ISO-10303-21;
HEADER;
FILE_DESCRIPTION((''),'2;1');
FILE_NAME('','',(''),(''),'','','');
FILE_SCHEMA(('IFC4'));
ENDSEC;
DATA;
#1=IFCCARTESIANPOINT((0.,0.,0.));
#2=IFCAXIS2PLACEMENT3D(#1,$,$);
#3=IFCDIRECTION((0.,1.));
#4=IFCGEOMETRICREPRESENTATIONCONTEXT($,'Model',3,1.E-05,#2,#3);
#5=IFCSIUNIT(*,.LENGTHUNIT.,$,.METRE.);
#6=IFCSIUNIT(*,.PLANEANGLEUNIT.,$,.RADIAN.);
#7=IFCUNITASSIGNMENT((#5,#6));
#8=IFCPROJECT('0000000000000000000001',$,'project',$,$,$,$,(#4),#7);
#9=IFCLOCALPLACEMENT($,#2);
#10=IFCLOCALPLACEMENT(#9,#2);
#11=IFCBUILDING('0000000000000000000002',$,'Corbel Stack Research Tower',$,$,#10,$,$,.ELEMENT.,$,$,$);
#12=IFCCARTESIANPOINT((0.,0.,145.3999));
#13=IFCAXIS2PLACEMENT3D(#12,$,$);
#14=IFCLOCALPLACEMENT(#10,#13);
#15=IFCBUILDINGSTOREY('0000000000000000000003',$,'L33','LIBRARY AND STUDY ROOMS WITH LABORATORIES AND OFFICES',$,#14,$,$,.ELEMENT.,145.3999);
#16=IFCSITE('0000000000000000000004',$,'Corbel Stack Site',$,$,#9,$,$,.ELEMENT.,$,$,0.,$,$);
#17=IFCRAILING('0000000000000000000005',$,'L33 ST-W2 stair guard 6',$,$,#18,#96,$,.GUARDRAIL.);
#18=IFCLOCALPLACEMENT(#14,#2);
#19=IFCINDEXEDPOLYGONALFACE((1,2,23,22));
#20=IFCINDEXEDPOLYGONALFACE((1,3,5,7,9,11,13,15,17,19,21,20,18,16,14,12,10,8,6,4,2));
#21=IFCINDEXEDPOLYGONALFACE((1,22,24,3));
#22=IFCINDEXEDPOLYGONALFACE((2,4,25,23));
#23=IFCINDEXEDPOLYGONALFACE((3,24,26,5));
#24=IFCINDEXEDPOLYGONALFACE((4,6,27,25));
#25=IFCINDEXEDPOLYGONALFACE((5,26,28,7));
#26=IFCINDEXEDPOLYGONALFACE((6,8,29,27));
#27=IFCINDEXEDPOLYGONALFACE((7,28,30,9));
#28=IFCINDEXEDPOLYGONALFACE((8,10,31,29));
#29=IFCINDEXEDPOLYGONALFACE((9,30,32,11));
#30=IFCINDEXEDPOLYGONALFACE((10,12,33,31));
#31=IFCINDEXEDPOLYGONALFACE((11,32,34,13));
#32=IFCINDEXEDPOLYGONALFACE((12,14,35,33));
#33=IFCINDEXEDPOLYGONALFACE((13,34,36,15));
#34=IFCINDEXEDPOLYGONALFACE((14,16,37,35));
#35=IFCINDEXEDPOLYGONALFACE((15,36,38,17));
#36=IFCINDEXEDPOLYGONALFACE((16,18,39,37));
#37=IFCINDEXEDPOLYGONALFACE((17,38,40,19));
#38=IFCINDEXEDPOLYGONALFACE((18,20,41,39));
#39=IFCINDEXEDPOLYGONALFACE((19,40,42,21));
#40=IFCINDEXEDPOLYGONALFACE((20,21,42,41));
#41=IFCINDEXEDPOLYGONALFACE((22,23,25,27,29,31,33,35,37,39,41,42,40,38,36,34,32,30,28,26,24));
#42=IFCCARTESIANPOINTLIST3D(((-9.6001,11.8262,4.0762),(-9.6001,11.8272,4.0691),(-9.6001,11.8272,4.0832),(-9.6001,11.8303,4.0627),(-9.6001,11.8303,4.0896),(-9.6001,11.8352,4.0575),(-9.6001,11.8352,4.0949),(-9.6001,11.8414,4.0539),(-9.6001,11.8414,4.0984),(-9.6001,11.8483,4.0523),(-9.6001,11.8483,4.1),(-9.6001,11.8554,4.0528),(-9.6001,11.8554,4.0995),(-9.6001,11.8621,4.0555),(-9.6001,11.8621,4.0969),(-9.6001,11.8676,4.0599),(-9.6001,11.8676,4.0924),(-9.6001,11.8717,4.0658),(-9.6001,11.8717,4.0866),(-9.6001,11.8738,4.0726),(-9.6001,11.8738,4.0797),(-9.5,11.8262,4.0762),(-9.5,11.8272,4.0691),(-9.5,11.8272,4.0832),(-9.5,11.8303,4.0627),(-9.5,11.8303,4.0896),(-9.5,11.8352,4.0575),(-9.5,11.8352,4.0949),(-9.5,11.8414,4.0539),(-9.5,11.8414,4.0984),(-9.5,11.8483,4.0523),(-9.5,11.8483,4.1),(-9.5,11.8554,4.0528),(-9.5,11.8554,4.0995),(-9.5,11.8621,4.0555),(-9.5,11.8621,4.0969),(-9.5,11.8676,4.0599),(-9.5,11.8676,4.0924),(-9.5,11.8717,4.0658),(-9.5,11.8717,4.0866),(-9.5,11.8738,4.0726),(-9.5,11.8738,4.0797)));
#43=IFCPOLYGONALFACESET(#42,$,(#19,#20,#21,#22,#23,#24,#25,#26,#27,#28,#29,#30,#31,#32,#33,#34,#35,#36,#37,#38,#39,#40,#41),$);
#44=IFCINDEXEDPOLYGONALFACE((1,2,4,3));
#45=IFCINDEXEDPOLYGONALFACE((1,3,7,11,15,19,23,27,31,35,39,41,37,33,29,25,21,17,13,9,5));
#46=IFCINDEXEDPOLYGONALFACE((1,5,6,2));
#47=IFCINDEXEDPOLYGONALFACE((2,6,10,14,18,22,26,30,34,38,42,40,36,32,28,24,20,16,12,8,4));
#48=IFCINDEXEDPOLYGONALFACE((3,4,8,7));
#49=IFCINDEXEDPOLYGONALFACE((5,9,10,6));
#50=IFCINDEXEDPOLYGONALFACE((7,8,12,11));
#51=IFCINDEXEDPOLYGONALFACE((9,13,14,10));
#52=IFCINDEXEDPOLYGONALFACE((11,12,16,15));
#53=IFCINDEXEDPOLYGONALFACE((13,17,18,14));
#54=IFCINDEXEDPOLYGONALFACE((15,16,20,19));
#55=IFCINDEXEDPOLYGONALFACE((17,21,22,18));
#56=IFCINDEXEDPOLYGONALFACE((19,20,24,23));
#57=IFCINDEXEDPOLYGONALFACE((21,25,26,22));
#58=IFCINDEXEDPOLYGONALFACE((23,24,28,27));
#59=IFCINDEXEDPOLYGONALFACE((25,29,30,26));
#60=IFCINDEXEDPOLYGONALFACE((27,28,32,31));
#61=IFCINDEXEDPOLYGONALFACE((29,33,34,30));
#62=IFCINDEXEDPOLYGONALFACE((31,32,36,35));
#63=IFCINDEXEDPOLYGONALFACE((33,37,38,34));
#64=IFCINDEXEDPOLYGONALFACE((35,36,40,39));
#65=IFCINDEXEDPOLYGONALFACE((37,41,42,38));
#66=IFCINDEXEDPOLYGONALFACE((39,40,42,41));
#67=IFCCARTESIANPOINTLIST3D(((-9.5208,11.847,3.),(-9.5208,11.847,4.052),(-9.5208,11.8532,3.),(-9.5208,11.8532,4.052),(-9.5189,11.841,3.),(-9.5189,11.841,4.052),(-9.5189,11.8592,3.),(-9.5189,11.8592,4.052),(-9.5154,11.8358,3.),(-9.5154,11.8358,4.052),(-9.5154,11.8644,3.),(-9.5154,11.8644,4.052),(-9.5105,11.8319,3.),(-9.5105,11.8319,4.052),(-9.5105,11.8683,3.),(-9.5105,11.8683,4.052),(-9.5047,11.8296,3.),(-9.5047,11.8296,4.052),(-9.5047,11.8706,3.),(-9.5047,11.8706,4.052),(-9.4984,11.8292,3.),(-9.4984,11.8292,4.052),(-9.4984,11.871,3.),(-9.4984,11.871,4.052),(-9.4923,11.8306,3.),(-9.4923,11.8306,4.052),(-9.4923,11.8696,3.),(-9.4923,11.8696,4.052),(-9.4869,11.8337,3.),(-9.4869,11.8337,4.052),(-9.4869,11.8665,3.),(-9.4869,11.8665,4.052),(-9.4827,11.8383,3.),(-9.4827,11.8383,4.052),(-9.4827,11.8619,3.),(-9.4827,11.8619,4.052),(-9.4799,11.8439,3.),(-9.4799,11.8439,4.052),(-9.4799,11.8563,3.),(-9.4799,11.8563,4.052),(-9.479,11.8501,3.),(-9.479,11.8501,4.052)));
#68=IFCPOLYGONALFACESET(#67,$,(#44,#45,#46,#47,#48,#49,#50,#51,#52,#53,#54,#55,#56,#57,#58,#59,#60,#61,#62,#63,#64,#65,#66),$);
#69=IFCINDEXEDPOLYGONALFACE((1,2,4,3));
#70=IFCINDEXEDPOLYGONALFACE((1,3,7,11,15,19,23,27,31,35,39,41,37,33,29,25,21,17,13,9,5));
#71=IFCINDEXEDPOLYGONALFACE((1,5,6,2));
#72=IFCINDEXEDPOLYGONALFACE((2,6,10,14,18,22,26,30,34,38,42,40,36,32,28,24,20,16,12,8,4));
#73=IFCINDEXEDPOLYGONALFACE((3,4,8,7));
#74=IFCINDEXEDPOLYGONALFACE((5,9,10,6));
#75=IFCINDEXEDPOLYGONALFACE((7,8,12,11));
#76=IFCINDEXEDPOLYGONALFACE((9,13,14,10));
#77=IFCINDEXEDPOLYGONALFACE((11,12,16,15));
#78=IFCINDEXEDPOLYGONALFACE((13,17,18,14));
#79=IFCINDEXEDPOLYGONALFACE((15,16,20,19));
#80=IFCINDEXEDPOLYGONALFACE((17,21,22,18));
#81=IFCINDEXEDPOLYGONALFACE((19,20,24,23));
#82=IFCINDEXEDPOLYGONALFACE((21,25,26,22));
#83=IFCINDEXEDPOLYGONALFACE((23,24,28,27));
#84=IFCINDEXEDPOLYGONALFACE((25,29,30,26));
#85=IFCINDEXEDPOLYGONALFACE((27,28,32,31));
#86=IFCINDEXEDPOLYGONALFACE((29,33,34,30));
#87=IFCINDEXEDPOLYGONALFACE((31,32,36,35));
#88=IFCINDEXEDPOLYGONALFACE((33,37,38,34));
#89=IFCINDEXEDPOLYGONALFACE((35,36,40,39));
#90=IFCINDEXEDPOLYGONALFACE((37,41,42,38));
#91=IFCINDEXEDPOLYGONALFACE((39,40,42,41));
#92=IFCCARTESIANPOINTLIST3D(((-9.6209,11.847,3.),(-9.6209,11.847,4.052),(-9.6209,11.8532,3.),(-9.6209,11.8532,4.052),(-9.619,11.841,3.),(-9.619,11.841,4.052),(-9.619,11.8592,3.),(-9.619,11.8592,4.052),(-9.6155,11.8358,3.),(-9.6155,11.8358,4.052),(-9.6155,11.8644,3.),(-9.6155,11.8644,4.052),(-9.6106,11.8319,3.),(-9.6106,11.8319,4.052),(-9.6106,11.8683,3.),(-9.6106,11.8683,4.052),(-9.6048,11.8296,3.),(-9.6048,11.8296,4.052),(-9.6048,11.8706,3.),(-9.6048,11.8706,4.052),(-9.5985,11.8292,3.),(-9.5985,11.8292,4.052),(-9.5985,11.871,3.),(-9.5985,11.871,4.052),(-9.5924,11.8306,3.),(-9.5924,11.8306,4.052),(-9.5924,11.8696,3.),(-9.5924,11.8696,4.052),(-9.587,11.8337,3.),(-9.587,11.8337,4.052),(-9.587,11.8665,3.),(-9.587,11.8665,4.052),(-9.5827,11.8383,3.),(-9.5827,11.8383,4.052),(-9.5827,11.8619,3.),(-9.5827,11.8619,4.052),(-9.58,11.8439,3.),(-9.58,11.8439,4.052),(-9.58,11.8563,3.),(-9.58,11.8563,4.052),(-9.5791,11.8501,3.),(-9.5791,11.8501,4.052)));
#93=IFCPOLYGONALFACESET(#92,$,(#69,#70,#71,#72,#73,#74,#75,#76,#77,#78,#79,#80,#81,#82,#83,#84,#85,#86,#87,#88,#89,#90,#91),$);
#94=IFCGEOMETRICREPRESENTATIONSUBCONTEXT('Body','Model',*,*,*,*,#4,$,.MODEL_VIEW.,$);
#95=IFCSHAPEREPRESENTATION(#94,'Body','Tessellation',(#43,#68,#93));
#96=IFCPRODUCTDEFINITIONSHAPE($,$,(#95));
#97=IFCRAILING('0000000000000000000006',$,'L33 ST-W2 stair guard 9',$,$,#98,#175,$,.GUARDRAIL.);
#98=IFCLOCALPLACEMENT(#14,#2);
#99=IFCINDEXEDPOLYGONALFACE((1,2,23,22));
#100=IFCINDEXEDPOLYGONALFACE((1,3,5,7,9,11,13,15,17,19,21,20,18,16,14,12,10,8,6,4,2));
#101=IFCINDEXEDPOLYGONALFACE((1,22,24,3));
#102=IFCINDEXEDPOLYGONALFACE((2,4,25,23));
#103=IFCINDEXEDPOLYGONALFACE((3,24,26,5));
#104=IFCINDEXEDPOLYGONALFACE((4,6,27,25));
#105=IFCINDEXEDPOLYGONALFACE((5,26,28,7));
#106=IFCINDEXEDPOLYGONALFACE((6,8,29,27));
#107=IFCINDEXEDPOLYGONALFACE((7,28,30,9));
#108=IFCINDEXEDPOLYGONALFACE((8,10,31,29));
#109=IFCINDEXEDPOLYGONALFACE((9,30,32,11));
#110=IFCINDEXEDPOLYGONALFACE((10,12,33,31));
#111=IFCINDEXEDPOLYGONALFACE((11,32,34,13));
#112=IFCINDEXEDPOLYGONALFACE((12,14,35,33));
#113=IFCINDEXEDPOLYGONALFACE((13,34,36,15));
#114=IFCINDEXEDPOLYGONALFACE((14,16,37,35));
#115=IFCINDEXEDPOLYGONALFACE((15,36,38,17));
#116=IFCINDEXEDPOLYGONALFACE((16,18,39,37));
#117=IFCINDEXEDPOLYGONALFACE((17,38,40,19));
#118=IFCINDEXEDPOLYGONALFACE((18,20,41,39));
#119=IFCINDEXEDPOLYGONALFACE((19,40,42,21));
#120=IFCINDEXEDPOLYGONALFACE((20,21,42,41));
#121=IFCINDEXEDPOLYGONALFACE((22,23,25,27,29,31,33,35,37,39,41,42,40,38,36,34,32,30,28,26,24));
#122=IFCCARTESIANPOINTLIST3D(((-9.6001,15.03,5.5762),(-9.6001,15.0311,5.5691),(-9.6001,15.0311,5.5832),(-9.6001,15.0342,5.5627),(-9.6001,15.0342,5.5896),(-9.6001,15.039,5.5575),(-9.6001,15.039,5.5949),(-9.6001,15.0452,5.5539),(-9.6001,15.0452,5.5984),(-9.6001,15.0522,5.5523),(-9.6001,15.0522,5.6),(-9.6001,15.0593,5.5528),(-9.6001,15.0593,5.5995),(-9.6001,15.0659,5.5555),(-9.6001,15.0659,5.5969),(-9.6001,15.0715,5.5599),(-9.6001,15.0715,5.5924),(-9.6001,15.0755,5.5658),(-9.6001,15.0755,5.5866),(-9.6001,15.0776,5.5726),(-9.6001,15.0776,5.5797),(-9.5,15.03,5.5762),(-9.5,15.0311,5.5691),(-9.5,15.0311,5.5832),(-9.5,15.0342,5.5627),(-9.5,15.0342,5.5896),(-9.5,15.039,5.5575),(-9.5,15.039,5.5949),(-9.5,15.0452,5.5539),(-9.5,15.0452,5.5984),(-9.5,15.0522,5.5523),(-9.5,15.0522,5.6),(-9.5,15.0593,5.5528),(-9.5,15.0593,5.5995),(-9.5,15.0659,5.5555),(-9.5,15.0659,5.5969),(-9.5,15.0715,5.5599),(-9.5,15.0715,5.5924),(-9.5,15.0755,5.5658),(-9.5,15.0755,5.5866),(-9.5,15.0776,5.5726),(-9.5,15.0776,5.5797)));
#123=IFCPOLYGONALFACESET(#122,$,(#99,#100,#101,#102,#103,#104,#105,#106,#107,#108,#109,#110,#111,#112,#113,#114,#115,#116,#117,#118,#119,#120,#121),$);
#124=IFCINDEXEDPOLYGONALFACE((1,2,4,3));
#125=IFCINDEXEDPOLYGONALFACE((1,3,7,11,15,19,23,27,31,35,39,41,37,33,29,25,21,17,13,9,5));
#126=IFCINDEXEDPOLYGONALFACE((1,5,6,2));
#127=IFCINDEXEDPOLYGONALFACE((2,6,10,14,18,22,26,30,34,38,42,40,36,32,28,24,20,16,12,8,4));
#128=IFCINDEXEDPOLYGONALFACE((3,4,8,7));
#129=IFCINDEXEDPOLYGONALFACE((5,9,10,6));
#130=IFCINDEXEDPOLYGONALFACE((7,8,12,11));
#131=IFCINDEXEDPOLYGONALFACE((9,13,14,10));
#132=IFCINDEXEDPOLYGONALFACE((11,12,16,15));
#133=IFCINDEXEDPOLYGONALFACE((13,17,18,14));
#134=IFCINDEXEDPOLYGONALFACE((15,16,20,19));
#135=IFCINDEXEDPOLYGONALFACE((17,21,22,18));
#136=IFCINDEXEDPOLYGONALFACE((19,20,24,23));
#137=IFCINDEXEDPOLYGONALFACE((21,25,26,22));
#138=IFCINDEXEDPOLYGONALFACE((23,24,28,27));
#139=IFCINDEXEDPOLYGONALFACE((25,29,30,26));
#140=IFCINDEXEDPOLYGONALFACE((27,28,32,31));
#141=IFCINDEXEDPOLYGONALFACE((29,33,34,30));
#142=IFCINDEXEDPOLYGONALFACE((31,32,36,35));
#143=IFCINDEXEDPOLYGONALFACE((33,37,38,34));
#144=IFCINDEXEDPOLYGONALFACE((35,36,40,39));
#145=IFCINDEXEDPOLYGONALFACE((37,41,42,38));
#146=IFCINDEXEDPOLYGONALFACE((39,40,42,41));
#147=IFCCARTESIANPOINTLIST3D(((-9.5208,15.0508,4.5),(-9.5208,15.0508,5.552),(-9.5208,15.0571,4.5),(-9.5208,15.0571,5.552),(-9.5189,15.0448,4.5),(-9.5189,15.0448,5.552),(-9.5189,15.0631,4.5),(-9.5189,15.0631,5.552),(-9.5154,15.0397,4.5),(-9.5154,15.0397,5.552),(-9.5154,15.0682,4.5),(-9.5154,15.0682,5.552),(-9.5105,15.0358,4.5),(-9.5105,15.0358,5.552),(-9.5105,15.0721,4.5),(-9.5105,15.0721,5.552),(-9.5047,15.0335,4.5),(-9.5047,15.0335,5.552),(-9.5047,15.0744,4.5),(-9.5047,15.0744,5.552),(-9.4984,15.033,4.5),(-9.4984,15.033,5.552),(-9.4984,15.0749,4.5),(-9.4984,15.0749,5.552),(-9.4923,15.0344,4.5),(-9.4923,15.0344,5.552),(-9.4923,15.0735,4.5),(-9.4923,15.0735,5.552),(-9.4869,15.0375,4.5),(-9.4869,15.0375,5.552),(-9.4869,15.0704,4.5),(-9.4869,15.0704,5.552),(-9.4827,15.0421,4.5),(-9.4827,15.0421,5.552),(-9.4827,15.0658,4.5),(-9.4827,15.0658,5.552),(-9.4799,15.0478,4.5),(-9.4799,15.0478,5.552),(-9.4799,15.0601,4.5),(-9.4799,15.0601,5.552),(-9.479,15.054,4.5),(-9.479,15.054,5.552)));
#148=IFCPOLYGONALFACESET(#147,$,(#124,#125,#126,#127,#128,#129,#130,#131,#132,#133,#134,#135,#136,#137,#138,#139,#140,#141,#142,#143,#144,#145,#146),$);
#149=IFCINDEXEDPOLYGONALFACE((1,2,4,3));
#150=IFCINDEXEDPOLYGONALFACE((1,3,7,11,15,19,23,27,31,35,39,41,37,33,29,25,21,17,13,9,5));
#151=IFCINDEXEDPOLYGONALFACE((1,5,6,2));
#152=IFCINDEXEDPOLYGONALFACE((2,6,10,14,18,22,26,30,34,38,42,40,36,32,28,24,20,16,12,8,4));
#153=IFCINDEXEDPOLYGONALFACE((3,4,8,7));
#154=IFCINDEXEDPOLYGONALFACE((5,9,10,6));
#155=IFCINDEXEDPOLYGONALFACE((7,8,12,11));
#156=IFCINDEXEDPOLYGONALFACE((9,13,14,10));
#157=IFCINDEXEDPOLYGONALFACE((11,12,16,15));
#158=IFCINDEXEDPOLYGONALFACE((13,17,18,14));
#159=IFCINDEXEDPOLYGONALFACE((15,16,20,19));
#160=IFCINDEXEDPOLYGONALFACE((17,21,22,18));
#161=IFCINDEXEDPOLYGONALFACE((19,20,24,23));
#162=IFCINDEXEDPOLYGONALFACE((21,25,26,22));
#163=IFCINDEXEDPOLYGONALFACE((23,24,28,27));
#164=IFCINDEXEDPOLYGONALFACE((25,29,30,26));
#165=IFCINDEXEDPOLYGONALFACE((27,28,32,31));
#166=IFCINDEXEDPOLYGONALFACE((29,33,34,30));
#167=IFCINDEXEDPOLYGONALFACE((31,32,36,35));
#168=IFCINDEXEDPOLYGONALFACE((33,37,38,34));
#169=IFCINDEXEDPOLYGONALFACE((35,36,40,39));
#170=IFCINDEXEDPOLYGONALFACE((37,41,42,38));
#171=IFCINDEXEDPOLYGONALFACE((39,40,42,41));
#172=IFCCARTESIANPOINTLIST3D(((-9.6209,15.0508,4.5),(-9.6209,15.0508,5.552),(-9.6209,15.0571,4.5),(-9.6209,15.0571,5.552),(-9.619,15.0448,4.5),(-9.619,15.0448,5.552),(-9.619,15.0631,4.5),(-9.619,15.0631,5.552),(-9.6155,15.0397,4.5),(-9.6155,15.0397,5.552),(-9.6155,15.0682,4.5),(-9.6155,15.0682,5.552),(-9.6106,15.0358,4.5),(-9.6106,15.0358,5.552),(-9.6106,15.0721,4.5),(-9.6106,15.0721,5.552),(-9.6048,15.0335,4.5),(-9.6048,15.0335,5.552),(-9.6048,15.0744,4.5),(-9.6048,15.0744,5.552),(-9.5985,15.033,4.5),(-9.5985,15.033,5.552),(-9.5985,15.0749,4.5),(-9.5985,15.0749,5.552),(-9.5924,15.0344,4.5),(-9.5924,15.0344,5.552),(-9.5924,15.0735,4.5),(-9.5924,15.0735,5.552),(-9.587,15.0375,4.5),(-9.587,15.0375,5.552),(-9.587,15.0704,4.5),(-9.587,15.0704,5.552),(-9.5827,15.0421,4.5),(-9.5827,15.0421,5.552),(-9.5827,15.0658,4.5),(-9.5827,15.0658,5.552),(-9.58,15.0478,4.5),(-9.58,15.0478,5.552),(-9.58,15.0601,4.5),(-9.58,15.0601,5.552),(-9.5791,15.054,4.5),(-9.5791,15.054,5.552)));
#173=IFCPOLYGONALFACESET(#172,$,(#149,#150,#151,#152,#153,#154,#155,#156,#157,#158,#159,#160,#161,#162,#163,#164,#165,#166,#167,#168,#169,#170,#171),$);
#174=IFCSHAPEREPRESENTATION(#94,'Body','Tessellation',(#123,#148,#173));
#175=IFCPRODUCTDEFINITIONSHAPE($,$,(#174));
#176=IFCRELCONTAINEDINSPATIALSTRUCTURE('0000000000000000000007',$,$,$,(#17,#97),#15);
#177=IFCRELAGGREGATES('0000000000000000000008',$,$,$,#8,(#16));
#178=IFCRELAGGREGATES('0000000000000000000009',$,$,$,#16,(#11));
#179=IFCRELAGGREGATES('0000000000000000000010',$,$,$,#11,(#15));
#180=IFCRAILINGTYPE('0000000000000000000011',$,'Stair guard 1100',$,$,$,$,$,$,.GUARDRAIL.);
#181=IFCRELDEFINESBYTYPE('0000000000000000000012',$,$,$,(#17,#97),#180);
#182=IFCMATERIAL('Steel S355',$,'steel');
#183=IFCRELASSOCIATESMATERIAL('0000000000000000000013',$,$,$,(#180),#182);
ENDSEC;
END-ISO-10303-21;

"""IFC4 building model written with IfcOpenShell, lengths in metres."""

from ifc_helpers import new_model, si_unit, direction, frame, origin, origin_2d, place, context, subcontext, project, spatial, circle, extrude, material, type_object, element, save


model = new_model("IFC4")

# Units and contexts
model_context = context("Model", 3, precision=1e-05, world=origin(), true_north=direction((0.0, 1.0)))
body_context = subcontext(model_context, "Body", "Model", "MODEL_VIEW")
ifc_project = project(units=[si_unit("LENGTHUNIT", "METRE"), si_unit("PLANEANGLEUNIT", "RADIAN")], contexts=[model_context])

# Site, building, storey
site_placement = place(None, origin())
site = spatial("IfcSite", under=ifc_project, at=site_placement, Name="Corbel Stack Site", CompositionType="ELEMENT", RefElevation=0.0)
building_placement = place(site_placement, origin())
building = spatial("IfcBuilding", under=site, at=building_placement, Name="Corbel Stack Research Tower", CompositionType="ELEMENT")
storey_placement = place(building_placement, frame((0.0, 0.0, 145.3999)))
storey = spatial("IfcBuildingStorey", under=building, at=storey_placement, Name="L33", Description="LIBRARY AND STUDY ROOMS WITH LABORATORIES AND OFFICES", CompositionType="ELEMENT", Elevation=145.3999)

# Railings
ifc_material_1 = material(Name="Steel S355", Category="steel")
railing_type_1 = type_object("IfcRailingType", Name="Stair guard 1100", PredefinedType="GUARDRAIL", material=ifc_material_1)
for number, where, name in (
    (1, (-9.5, 11.8501, 3.0), "L33 ST-W2 stair guard 6"),
    (2, (-9.5, 15.054, 4.5), "L33 ST-W2 stair guard 9"),
):
    element("IfcRailing", number, at=place(storey_placement, frame(where)), inside=storey, type_object=railing_type_1, Name=name, PredefinedType="GUARDRAIL", context=body_context, shape_type="SweptSolid", body=[
        extrude(circle(Radius=0.0239, at=origin_2d()), frame((0.0, 0.0, 1.0762), z_axis=(-1.0, 0.0, 0.0), x_axis=(0.0, -1.0, 0.0)), (0.0, 0.0, 1.0), 0.1001),
        extrude(circle(Radius=0.021, at=origin_2d()), origin(), (0.0, 0.0, 1.0), 1.052),
        extrude(circle(Radius=0.021, at=origin_2d()), frame((-0.1001, 0.0, 0.0)), (0.0, 0.0, 1.0), 1.052),
    ])

save(model, "model.ifc")
